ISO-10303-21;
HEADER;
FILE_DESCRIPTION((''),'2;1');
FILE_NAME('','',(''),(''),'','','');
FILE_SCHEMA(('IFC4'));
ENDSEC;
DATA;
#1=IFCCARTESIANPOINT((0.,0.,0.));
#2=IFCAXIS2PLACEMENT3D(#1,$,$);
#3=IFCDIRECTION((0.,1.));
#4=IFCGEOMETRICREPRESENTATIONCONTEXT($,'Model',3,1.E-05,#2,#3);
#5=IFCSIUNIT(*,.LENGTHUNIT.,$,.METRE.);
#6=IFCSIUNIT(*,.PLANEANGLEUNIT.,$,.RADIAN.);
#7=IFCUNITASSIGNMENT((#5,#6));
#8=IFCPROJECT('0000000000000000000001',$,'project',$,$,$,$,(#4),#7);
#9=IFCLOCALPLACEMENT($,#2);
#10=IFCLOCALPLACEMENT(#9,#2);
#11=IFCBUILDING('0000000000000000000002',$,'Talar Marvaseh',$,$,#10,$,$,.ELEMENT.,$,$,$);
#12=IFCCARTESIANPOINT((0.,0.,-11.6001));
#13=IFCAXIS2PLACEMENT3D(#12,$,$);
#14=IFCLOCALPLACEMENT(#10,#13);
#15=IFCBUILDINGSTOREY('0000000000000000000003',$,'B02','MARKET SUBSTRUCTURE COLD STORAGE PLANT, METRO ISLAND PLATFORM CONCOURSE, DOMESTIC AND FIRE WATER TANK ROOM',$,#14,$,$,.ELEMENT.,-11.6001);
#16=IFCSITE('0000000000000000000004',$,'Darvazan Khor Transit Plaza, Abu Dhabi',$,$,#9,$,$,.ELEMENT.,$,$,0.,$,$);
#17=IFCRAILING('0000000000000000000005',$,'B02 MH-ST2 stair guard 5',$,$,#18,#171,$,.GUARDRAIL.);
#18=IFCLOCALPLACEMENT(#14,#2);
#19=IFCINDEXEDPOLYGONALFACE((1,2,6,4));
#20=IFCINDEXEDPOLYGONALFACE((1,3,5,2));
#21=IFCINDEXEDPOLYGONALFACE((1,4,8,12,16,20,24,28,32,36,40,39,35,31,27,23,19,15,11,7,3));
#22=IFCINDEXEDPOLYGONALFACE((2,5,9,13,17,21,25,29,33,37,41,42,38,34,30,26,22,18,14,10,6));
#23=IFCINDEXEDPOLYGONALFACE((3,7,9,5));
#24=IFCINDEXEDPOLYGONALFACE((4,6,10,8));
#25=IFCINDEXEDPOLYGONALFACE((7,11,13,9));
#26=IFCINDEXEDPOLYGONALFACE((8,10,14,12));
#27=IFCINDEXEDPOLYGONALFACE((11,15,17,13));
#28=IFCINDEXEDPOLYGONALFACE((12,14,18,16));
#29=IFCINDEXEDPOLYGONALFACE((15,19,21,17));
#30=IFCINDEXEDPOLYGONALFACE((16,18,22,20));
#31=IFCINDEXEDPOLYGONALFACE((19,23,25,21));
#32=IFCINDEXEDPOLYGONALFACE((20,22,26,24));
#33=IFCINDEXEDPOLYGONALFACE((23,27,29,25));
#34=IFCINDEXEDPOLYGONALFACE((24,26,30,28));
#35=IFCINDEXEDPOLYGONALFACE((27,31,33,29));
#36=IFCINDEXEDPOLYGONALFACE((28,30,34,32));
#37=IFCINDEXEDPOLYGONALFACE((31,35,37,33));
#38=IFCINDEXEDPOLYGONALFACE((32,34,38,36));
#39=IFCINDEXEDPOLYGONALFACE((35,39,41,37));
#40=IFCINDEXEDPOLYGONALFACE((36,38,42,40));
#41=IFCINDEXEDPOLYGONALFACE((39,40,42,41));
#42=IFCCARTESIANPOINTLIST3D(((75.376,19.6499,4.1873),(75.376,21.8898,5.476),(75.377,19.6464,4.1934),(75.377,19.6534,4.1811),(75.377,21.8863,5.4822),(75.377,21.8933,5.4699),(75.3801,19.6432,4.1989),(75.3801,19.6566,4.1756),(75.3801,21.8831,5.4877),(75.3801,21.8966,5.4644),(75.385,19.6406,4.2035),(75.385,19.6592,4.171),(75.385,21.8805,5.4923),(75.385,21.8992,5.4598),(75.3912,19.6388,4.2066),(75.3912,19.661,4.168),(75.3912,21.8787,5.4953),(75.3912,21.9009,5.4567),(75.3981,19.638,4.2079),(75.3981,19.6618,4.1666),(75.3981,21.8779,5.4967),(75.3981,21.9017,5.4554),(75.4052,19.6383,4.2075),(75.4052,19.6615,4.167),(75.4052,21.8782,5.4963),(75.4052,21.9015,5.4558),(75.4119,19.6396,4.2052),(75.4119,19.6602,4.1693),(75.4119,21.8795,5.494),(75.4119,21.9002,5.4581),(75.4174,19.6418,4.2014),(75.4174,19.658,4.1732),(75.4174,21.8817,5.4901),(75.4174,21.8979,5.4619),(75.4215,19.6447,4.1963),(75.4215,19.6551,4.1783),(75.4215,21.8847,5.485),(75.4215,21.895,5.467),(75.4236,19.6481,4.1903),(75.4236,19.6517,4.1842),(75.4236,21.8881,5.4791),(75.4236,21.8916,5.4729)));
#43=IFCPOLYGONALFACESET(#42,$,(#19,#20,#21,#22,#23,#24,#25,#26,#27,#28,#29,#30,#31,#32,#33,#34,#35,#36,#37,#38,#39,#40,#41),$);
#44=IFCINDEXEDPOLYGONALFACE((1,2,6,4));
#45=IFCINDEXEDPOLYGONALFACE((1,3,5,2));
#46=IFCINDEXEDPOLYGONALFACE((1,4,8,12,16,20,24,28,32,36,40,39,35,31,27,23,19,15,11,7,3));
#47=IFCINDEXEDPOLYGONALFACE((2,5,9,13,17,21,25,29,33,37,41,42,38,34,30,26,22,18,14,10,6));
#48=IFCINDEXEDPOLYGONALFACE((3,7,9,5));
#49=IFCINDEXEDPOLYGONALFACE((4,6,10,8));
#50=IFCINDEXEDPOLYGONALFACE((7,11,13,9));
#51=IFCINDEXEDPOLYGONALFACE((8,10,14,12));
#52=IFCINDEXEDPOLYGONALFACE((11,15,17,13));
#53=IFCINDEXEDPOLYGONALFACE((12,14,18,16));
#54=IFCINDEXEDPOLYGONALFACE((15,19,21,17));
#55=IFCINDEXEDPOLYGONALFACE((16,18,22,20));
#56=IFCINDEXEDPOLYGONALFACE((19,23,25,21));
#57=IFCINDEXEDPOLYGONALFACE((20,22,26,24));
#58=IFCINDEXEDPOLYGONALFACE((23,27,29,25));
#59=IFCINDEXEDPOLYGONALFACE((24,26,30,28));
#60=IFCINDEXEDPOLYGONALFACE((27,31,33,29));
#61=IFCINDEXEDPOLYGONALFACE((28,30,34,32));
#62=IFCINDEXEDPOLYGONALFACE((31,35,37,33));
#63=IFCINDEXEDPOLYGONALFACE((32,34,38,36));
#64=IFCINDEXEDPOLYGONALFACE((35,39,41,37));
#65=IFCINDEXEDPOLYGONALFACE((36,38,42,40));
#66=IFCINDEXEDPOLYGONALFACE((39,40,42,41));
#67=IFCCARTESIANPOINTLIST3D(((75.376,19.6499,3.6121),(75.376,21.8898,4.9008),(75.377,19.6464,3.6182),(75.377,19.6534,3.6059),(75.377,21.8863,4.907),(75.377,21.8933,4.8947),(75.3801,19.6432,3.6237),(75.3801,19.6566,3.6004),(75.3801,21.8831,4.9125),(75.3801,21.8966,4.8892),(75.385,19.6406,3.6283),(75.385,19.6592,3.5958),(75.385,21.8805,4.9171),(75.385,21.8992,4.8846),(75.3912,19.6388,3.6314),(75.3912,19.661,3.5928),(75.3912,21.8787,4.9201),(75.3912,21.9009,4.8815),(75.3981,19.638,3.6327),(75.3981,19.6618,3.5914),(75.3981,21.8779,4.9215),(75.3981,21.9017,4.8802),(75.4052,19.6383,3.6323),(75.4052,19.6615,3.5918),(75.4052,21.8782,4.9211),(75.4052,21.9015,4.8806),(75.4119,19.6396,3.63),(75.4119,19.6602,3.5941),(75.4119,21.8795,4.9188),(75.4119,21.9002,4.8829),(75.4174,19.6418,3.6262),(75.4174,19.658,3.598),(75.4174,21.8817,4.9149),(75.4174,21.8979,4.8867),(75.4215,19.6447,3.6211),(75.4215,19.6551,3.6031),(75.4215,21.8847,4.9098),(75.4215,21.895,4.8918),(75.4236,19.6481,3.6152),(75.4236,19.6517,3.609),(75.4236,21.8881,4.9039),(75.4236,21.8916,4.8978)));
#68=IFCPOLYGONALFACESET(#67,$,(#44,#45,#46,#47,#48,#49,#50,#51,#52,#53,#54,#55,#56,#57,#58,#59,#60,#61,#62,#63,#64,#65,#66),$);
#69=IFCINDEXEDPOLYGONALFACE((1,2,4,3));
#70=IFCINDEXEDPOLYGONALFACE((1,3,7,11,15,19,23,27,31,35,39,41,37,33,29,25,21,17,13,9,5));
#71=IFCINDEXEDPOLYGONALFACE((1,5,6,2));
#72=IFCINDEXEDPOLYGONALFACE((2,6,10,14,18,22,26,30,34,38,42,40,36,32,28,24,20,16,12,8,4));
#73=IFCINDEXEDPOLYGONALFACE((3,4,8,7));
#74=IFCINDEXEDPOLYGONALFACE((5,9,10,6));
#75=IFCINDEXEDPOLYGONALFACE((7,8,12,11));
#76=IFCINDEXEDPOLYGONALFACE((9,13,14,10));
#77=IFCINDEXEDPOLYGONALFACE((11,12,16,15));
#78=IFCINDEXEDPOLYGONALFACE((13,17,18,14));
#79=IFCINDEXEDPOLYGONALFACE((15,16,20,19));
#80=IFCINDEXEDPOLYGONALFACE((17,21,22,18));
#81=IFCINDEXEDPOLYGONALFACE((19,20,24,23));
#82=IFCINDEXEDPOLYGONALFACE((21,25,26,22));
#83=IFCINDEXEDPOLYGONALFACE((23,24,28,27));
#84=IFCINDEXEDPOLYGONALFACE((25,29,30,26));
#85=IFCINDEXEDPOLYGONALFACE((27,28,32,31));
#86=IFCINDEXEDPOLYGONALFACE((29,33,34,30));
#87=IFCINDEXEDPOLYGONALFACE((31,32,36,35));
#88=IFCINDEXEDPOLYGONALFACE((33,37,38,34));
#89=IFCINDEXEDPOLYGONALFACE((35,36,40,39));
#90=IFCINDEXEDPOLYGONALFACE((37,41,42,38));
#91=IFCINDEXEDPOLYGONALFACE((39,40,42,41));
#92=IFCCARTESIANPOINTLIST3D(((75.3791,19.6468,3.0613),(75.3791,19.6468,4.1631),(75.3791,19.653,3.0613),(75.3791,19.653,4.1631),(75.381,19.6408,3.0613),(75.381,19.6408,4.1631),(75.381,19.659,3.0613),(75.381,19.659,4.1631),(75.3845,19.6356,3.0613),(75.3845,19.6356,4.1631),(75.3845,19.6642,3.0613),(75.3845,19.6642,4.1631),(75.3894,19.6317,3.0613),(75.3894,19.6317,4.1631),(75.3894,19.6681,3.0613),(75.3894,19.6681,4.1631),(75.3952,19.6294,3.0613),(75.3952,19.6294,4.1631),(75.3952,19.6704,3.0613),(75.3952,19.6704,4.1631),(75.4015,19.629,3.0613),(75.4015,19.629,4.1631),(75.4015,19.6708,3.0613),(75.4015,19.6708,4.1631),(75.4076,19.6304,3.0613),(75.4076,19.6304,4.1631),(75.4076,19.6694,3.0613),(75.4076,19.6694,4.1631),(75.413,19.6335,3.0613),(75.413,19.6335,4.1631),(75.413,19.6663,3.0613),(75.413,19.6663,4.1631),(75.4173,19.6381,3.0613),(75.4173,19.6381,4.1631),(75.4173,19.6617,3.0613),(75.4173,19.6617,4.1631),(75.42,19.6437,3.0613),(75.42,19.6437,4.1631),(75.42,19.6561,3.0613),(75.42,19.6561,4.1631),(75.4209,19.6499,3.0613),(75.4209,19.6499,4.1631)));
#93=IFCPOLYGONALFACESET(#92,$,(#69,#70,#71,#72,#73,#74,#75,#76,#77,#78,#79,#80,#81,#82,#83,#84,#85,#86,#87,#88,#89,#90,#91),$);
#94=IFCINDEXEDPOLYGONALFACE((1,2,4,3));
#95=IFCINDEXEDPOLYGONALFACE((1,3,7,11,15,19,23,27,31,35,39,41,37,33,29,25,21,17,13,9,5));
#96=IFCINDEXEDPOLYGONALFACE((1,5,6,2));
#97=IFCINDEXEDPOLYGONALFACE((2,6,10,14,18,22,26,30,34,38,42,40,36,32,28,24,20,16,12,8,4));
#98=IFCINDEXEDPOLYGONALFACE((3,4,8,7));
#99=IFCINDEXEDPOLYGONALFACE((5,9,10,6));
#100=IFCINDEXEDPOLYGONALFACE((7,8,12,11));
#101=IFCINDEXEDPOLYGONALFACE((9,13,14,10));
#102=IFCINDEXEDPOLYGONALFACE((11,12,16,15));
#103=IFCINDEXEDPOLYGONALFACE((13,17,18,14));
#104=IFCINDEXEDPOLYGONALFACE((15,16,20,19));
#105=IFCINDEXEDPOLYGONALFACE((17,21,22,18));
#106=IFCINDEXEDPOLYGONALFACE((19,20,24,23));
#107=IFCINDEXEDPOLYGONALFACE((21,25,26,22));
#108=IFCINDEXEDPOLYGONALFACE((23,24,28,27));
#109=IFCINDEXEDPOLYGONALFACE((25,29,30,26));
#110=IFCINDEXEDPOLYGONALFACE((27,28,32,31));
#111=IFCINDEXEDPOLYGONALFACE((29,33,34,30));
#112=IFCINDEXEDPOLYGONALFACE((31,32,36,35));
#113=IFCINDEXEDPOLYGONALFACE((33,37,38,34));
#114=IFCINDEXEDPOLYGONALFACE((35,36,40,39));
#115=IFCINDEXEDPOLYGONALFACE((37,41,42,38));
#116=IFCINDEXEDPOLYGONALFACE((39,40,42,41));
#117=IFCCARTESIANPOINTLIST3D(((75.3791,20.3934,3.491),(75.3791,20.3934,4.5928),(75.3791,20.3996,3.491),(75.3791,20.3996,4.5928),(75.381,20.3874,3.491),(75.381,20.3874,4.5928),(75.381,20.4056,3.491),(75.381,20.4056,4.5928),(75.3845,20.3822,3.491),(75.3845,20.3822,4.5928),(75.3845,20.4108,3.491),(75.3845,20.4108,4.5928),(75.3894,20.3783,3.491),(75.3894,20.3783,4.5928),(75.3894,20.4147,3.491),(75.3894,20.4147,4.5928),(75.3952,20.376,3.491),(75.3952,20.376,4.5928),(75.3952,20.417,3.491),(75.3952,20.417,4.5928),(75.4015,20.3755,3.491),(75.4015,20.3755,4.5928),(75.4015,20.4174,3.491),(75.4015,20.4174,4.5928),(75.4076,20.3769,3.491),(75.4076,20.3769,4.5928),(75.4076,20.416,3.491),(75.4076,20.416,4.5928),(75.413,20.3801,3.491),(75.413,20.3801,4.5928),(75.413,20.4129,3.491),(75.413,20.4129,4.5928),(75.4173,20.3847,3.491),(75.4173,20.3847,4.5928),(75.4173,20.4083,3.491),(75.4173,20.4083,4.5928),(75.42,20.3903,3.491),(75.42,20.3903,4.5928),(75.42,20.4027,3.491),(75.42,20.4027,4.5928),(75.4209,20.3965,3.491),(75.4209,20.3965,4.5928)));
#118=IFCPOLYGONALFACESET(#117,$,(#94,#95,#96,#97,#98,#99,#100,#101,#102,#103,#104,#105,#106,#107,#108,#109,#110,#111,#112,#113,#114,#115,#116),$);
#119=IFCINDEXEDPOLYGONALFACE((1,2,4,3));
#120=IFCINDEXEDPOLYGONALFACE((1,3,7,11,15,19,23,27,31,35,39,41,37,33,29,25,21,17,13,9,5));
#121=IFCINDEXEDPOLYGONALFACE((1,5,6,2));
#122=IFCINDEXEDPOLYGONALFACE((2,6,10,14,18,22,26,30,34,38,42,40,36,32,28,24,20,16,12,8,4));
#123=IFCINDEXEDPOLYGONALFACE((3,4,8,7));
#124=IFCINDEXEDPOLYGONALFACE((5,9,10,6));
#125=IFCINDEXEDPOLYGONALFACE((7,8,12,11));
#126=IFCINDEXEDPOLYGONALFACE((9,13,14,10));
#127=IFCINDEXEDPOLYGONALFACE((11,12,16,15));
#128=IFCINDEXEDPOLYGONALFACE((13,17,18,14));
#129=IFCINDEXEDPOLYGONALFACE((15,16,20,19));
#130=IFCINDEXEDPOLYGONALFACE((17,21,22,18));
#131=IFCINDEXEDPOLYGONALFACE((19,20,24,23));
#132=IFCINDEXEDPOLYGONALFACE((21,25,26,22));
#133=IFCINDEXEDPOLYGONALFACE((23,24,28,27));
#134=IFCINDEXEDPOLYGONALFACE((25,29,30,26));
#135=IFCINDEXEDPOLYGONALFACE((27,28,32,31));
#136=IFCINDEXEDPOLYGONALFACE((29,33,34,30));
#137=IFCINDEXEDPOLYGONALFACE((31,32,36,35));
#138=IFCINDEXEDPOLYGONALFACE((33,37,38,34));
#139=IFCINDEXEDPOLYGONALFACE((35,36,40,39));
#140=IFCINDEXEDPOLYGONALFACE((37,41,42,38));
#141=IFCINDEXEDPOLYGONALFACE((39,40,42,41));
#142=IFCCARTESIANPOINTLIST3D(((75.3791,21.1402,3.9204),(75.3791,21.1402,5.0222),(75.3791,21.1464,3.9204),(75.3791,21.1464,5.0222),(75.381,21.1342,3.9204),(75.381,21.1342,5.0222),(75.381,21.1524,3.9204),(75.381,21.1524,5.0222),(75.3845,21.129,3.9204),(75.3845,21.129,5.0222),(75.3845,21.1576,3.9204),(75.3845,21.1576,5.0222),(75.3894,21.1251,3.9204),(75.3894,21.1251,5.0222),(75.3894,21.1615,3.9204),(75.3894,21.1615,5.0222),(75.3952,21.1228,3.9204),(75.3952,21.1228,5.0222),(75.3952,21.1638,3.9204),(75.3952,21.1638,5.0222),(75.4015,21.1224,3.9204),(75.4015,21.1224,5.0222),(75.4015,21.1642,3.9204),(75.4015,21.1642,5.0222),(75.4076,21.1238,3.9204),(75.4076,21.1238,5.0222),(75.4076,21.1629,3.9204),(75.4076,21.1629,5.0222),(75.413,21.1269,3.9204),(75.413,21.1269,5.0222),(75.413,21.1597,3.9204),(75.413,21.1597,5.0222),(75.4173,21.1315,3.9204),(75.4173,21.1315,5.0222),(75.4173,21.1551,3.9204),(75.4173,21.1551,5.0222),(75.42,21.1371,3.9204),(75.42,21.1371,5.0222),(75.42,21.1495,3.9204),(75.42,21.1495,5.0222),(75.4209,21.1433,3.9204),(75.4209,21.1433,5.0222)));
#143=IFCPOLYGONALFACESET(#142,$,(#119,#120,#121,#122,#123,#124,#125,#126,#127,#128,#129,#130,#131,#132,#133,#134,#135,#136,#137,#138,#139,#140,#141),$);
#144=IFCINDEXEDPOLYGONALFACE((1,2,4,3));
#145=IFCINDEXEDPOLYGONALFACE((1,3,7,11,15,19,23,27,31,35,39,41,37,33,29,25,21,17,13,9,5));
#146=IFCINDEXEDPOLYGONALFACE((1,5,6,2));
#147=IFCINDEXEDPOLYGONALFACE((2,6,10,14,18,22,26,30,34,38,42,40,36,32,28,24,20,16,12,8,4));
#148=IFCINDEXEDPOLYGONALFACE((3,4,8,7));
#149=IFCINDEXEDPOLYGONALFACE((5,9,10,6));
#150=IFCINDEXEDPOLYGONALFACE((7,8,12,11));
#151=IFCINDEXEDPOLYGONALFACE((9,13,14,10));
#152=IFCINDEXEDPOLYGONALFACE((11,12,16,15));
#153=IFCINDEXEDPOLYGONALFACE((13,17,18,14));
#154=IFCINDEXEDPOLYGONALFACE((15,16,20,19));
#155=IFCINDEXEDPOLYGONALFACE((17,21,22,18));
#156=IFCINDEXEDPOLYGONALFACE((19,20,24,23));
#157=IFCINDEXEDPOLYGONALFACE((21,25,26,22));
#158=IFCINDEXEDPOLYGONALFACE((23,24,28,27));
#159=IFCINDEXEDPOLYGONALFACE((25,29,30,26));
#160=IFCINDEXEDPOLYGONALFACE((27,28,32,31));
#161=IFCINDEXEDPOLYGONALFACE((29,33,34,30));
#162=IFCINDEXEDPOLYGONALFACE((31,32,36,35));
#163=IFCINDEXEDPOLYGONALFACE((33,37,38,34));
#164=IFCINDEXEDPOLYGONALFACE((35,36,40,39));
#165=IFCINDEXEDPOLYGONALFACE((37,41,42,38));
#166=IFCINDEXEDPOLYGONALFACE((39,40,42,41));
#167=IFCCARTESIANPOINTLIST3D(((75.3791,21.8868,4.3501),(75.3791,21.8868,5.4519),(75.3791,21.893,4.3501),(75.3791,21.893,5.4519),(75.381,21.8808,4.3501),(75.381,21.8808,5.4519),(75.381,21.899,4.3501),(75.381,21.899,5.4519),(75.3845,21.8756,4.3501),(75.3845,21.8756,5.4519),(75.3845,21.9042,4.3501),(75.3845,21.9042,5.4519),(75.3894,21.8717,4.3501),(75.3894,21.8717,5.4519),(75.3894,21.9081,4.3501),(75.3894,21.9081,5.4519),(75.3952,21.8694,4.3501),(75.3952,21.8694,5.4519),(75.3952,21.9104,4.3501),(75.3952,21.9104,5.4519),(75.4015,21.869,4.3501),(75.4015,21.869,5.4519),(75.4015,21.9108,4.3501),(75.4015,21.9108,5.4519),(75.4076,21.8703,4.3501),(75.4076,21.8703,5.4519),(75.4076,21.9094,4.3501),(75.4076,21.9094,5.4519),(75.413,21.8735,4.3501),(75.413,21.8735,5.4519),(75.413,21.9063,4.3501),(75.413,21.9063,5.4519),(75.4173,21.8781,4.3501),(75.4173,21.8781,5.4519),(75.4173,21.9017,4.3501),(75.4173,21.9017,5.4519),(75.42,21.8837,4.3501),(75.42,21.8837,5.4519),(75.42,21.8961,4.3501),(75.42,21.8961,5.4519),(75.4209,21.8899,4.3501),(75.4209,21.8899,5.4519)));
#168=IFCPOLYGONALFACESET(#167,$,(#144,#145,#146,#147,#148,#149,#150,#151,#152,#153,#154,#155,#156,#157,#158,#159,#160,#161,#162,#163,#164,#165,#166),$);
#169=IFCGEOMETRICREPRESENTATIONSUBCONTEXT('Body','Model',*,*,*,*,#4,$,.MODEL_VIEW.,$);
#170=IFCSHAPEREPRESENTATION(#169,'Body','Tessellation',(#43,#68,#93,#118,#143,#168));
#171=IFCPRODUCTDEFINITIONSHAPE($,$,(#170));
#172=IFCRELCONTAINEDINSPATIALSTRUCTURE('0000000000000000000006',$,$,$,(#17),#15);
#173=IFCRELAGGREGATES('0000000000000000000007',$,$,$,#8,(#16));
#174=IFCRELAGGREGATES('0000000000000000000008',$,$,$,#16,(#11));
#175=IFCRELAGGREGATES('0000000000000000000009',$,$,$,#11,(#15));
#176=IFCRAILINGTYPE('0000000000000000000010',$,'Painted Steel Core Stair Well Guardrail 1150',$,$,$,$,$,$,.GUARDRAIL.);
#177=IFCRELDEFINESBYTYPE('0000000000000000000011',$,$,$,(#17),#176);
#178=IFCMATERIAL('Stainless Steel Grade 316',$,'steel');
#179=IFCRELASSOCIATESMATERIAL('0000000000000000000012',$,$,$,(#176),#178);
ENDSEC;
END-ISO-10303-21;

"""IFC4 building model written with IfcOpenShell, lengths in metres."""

from ifc_helpers import new_model, si_unit, direction, frame, origin, origin_2d, place, context, subcontext, project, spatial, circle, extrude, material, type_object, element, save


model = new_model("IFC4")

# Units and contexts
model_context = context("Model", 3, precision=1e-05, world=origin(), true_north=direction((0.0, 1.0)))
body_context = subcontext(model_context, "Body", "Model", "MODEL_VIEW")
ifc_project = project(units=[si_unit("LENGTHUNIT", "METRE"), si_unit("PLANEANGLEUNIT", "RADIAN")], contexts=[model_context])

# Site, building, storey
site_placement = place(None, origin())
site = spatial("IfcSite", under=ifc_project, at=site_placement, Name="Darvazan Khor Transit Plaza, Abu Dhabi", CompositionType="ELEMENT", RefElevation=0.0)
building_placement = place(site_placement, origin())
building = spatial("IfcBuilding", under=site, at=building_placement, Name="Talar Marvaseh", CompositionType="ELEMENT")
storey_placement = place(building_placement, frame((0.0, 0.0, -11.6001)))
storey = spatial("IfcBuildingStorey", under=building, at=storey_placement, Name="B02", Description="MARKET SUBSTRUCTURE COLD STORAGE PLANT, METRO ISLAND PLATFORM CONCOURSE, DOMESTIC AND FIRE WATER TANK ROOM", CompositionType="ELEMENT", Elevation=-11.6001)

# Railing
ifc_material_1 = material(Name="Stainless Steel Grade 316", Category="steel")
railing_type_1 = type_object("IfcRailingType", Name="Painted Steel Core Stair Well Guardrail 1150", PredefinedType="GUARDRAIL", material=ifc_material_1)
railing_1_placement = place(storey_placement, frame((75.3999, 19.6499, 3.0613)))
element("IfcRailing", 1, at=railing_1_placement, inside=storey, type_object=railing_type_1, Name="B02 MH-ST2 stair guard 5", PredefinedType="GUARDRAIL", context=body_context, shape_type="SweptSolid", body=[
    extrude(circle(Radius=0.0239, at=origin_2d()), frame((0.0, 0.0, 1.126), z_axis=(0.0, 0.866768, 0.498711), x_axis=(-1.0, 0.0, 0.0)), (0.0, 0.0, 1.0), 2.5842),
    extrude(circle(Radius=0.0239, at=origin_2d()), frame((0.0, 0.0, 0.5508), z_axis=(0.0, 0.866768, 0.498711), x_axis=(-1.0, 0.0, 0.0)), (0.0, 0.0, 1.0), 2.5842),
    extrude(circle(Radius=0.021, at=origin_2d()), origin(), (0.0, 0.0, 1.0), 1.1018),
    extrude(circle(Radius=0.021, at=origin_2d()), frame((0.0, 0.7466, 0.4297)), (0.0, 0.0, 1.0), 1.1018),
    extrude(circle(Radius=0.021, at=origin_2d()), frame((0.0, 1.4934, 0.8591)), (0.0, 0.0, 1.0), 1.1018),
    extrude(circle(Radius=0.021, at=origin_2d()), frame((0.0, 2.24, 1.2888)), (0.0, 0.0, 1.0), 1.1018),
])

save(model, "model.ifc")
